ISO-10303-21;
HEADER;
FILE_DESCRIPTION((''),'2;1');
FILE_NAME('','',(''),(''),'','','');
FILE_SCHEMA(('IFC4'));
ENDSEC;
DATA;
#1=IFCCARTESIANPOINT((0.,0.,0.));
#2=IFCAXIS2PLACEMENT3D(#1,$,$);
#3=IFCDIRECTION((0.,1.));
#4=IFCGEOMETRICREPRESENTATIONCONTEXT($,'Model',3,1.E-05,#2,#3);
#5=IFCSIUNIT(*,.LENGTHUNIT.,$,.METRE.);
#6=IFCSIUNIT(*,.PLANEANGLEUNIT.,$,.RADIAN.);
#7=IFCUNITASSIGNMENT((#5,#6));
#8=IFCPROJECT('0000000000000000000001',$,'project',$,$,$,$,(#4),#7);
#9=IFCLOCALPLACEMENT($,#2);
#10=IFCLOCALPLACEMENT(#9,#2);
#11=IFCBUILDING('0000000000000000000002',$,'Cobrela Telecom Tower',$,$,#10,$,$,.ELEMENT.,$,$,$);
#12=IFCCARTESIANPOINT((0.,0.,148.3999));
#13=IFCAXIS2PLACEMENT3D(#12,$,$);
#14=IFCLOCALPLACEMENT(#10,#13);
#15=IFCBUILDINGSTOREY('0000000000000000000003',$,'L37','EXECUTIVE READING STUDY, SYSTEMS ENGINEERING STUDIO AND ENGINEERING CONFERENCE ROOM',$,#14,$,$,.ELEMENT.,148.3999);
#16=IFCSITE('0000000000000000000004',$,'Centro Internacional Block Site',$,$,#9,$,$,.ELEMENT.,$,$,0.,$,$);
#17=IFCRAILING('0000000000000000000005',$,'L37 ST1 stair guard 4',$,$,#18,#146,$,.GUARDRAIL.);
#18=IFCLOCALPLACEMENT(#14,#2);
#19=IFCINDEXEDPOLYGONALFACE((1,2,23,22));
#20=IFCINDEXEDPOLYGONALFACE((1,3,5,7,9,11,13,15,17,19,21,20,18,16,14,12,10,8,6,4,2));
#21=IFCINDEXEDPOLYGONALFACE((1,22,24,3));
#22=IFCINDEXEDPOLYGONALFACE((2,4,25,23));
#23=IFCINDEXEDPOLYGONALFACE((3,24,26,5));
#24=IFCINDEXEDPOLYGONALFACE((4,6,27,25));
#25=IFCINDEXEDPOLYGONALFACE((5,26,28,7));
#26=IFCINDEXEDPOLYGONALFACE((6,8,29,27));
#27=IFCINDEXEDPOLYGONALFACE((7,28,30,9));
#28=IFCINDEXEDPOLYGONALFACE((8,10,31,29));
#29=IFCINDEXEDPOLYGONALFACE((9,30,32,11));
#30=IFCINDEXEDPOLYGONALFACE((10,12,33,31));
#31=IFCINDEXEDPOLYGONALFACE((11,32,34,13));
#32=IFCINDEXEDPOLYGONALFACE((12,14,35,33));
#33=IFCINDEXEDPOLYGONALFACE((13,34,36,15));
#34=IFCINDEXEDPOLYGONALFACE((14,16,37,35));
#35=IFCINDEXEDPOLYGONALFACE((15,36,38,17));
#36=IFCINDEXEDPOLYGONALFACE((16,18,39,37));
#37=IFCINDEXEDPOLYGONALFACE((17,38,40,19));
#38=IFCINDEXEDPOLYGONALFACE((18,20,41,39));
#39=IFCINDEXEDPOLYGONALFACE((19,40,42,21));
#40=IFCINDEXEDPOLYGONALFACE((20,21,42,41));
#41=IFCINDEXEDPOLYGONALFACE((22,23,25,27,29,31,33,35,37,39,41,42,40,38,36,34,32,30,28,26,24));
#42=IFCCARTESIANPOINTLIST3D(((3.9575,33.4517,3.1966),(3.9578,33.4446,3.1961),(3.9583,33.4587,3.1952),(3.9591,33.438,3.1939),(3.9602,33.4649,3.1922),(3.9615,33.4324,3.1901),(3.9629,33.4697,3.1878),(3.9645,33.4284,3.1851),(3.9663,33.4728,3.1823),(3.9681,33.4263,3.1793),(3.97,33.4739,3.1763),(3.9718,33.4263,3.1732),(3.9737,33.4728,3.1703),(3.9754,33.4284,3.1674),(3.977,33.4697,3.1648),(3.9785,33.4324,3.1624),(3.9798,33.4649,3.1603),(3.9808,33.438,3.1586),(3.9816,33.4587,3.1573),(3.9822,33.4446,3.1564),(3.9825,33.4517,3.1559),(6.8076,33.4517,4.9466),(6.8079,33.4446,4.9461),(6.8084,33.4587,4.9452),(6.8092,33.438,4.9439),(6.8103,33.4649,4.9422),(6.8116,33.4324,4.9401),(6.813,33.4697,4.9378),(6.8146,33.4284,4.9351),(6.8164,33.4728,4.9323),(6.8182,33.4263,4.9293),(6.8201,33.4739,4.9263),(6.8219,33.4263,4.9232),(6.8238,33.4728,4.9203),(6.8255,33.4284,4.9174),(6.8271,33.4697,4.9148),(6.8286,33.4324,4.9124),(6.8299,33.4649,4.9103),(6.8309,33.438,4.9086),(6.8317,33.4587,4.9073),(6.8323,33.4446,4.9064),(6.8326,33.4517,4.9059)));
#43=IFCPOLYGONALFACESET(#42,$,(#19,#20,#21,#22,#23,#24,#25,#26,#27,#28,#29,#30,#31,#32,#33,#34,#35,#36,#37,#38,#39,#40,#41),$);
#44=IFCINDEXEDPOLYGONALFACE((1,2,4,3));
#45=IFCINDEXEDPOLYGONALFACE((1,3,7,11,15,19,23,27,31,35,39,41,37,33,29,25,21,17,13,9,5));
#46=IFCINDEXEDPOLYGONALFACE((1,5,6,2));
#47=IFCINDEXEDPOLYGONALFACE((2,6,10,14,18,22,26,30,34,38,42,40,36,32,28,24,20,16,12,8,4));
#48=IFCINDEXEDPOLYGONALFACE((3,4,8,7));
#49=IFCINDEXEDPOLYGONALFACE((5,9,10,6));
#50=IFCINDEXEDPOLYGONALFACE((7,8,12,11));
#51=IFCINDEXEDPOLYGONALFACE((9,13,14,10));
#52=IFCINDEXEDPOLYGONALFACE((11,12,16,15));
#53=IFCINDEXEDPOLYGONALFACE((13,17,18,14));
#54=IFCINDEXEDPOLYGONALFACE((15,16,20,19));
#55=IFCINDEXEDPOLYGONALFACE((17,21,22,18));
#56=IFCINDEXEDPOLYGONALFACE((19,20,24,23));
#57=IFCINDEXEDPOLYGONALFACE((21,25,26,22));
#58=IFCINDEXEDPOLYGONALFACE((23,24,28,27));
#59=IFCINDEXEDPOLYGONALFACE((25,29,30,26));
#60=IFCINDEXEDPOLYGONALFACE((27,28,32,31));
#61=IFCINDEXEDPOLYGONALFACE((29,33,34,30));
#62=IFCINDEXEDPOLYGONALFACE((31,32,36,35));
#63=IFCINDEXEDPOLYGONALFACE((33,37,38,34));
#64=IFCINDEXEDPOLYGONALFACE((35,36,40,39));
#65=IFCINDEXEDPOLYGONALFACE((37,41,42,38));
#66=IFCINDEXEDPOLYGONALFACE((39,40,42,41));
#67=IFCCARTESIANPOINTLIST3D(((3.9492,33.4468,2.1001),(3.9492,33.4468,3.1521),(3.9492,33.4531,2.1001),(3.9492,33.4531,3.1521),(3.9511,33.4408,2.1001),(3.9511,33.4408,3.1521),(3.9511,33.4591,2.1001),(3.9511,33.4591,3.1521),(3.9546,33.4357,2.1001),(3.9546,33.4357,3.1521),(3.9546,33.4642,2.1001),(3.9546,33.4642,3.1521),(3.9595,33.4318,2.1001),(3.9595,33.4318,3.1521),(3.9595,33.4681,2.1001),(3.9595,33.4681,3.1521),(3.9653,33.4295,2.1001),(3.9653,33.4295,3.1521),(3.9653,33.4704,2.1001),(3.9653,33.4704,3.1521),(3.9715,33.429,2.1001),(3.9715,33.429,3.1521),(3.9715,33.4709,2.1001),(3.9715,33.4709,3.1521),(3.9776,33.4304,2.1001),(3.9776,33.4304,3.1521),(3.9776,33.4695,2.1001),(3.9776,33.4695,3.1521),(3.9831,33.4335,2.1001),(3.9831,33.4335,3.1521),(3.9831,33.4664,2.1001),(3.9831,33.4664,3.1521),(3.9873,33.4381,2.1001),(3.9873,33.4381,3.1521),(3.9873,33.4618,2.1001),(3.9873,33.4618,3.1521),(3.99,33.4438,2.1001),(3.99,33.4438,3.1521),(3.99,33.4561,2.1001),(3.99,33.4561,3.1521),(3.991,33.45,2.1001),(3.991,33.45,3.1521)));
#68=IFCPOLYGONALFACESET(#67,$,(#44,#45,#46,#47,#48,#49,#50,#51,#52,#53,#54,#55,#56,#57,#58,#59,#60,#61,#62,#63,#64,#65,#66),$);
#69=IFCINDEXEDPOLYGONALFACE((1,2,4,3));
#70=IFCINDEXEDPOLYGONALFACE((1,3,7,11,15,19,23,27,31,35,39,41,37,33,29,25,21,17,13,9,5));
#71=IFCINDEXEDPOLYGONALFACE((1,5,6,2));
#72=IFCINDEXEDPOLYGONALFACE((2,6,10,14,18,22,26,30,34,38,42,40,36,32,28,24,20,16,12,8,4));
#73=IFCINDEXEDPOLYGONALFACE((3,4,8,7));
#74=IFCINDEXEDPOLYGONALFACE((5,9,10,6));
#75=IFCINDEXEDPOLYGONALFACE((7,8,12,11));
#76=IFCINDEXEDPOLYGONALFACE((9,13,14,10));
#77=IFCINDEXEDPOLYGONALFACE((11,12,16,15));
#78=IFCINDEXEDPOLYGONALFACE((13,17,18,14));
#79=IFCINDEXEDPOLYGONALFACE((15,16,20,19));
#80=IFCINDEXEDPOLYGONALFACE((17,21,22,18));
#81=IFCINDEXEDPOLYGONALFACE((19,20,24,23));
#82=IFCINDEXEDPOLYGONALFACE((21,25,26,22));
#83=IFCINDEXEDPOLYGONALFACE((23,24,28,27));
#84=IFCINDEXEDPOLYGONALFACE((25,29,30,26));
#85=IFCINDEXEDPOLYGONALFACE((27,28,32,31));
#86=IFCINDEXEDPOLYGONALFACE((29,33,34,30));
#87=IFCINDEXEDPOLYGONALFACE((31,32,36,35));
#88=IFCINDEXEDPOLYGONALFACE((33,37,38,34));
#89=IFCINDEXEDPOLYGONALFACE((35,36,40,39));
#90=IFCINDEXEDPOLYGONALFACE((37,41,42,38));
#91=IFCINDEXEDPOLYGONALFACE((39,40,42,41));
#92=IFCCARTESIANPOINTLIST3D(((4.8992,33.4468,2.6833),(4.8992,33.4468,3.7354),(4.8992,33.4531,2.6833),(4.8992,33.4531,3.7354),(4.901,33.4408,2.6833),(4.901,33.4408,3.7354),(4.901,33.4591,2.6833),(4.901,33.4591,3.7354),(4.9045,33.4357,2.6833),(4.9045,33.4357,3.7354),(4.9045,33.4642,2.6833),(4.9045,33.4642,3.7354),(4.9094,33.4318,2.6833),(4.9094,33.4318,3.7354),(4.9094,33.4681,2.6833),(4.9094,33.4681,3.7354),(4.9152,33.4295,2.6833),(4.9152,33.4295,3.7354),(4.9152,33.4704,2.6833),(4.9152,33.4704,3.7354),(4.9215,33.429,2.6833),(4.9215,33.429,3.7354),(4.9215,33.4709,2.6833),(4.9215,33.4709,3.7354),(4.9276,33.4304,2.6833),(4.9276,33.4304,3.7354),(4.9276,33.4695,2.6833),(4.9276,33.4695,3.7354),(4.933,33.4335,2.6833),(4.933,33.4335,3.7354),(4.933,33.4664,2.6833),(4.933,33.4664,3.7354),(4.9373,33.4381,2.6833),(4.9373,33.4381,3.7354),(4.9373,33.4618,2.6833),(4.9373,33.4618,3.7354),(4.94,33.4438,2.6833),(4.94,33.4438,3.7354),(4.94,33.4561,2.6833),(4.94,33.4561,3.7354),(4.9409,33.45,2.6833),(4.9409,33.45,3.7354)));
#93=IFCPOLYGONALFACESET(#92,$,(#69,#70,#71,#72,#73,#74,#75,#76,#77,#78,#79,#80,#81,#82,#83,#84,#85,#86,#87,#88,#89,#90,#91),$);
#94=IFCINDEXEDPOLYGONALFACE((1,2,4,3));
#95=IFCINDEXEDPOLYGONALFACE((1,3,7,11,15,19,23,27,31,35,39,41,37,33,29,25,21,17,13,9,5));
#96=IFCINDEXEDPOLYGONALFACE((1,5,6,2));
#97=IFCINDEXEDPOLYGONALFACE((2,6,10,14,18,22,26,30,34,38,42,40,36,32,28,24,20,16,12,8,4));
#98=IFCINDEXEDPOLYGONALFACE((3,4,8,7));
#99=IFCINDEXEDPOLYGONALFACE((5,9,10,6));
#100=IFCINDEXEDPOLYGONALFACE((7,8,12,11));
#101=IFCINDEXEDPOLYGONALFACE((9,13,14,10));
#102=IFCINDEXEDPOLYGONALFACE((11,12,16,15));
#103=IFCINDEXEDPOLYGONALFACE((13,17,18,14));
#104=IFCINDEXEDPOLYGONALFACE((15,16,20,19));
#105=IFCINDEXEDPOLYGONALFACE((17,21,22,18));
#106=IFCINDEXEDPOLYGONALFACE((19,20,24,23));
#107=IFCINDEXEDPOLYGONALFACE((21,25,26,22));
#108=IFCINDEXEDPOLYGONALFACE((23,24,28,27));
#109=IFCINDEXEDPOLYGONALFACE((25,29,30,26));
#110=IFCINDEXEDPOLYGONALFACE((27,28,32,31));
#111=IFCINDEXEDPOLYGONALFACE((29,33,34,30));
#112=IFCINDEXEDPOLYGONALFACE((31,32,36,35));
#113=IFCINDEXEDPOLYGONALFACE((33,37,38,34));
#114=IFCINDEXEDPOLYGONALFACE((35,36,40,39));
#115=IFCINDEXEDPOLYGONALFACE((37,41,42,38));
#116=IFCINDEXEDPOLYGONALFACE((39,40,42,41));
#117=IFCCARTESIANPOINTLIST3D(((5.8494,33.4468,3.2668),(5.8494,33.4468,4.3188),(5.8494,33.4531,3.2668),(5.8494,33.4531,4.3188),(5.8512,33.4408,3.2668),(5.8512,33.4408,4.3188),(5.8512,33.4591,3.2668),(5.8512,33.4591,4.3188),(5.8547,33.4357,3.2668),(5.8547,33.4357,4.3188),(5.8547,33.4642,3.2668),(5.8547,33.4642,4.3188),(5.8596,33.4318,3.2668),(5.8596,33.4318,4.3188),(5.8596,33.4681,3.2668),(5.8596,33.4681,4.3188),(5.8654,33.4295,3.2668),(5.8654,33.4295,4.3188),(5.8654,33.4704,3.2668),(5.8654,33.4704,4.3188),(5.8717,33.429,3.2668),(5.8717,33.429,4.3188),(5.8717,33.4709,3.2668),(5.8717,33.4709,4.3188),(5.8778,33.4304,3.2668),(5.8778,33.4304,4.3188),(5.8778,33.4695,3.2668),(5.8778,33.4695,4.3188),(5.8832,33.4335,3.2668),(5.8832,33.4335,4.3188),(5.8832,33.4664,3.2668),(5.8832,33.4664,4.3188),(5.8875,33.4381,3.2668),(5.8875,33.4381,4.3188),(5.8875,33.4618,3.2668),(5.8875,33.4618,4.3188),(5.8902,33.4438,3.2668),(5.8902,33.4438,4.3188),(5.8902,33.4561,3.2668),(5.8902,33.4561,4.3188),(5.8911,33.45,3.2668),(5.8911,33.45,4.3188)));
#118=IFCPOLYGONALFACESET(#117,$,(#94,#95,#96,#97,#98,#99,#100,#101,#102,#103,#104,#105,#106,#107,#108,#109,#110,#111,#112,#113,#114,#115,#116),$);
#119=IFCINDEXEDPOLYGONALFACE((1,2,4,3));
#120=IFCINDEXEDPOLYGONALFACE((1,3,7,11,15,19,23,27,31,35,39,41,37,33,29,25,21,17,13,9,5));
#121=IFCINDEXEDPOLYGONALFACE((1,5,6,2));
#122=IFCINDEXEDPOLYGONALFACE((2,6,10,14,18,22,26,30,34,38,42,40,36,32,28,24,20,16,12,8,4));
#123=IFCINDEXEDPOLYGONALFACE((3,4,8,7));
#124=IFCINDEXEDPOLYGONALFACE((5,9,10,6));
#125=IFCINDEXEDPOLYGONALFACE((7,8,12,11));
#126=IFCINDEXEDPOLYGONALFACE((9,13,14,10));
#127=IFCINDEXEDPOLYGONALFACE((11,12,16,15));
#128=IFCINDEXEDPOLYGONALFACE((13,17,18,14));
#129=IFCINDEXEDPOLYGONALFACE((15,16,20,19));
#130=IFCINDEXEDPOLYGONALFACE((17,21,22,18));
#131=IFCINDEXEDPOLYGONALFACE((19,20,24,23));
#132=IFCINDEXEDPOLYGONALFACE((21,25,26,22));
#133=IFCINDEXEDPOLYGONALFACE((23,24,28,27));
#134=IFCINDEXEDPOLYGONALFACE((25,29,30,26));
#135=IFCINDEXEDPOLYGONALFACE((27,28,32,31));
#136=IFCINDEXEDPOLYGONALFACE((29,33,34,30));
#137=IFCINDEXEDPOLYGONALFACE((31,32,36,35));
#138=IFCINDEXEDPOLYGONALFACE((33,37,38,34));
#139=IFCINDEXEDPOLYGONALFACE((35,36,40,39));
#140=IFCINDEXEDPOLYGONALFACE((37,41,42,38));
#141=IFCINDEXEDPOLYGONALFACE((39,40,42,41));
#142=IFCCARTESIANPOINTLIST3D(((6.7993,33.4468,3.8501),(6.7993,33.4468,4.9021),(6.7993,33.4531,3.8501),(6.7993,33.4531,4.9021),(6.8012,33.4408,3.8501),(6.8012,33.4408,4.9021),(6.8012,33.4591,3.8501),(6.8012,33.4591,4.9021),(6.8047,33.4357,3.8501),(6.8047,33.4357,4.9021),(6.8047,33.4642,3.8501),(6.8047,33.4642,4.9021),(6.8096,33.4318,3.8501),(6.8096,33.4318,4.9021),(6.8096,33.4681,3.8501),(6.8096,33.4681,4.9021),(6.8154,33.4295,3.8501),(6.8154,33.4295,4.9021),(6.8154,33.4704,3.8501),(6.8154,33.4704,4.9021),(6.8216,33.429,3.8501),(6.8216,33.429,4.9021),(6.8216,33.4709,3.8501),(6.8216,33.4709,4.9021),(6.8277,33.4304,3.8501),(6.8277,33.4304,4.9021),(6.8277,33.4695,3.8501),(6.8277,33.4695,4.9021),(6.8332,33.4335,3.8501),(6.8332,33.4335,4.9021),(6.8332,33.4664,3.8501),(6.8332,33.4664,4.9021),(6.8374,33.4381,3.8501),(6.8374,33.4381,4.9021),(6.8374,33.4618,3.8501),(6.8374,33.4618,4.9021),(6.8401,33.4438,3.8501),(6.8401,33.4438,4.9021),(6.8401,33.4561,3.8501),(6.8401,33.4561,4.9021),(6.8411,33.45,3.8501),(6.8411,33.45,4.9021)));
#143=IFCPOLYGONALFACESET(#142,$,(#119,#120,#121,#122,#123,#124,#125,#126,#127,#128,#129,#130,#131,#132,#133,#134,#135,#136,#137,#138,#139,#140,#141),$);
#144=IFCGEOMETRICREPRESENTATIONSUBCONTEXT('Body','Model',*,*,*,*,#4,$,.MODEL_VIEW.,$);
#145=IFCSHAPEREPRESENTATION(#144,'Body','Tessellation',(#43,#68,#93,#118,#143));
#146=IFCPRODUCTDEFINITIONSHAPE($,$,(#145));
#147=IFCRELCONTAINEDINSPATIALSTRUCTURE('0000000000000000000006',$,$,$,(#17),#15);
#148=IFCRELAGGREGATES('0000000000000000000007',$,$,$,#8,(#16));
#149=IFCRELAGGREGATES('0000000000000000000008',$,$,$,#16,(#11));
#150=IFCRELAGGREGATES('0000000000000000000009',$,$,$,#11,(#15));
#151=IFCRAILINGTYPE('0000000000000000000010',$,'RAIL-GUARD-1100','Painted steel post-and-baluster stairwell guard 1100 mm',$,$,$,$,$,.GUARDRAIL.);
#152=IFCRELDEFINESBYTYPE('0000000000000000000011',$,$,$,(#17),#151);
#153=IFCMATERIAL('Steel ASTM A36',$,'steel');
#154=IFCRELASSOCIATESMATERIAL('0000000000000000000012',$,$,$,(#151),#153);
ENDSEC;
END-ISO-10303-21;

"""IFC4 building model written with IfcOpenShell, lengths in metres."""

from ifc_helpers import new_model, si_unit, direction, frame, origin, origin_2d, place, context, subcontext, project, spatial, circle, extrude, material, type_object, element, save


model = new_model("IFC4")

# Units and contexts
model_context = context("Model", 3, precision=1e-05, world=origin(), true_north=direction((0.0, 1.0)))
body_context = subcontext(model_context, "Body", "Model", "MODEL_VIEW")
ifc_project = project(units=[si_unit("LENGTHUNIT", "METRE"), si_unit("PLANEANGLEUNIT", "RADIAN")], contexts=[model_context])

# Site, building, storey
site_placement = place(None, origin())
site = spatial("IfcSite", under=ifc_project, at=site_placement, Name="Centro Internacional Block Site", CompositionType="ELEMENT", RefElevation=0.0)
building_placement = place(site_placement, origin())
building = spatial("IfcBuilding", under=site, at=building_placement, Name="Cobrela Telecom Tower", CompositionType="ELEMENT")
storey_placement = place(building_placement, frame((0.0, 0.0, 148.3999)))
storey = spatial("IfcBuildingStorey", under=building, at=storey_placement, Name="L37", Description="EXECUTIVE READING STUDY, SYSTEMS ENGINEERING STUDIO AND ENGINEERING CONFERENCE ROOM", CompositionType="ELEMENT", Elevation=148.3999)

# Shared definitions
ifc_material_1 = material(Name="Steel ASTM A36", Category="steel")

# Railing
railing_type_1 = type_object("IfcRailingType", Name="RAIL-GUARD-1100", Description="Painted steel post-and-baluster stairwell guard 1100 mm", PredefinedType="GUARDRAIL", material=ifc_material_1)
railing_1_placement = place(storey_placement, frame((3.97, 33.45, 2.1001)))
element("IfcRailing", 1, at=railing_1_placement, inside=storey, type_object=railing_type_1, Name="L37 ST1 stair guard 4", PredefinedType="GUARDRAIL", context=body_context, shape_type="SweptSolid", body=[
    extrude(circle(Radius=0.0239, at=origin_2d()), frame((0.0, 0.0, 1.0762), z_axis=(0.852179, 0.0, 0.52325), x_axis=(0.0, 1.0, 0.0)), (0.0, 0.0, 1.0), 3.3445),
    extrude(circle(Radius=0.021, at=origin_2d()), origin(), (0.0, 0.0, 1.0), 1.052),
    extrude(circle(Radius=0.021, at=origin_2d()), frame((0.95, 0.0, 0.5833)), (0.0, 0.0, 1.0), 1.052),
    extrude(circle(Radius=0.021, at=origin_2d()), frame((1.9001, 0.0, 1.1667)), (0.0, 0.0, 1.0), 1.052),
    extrude(circle(Radius=0.021, at=origin_2d()), frame((2.8501, 0.0, 1.75)), (0.0, 0.0, 1.0), 1.052),
])

save(model, "model.ifc")
